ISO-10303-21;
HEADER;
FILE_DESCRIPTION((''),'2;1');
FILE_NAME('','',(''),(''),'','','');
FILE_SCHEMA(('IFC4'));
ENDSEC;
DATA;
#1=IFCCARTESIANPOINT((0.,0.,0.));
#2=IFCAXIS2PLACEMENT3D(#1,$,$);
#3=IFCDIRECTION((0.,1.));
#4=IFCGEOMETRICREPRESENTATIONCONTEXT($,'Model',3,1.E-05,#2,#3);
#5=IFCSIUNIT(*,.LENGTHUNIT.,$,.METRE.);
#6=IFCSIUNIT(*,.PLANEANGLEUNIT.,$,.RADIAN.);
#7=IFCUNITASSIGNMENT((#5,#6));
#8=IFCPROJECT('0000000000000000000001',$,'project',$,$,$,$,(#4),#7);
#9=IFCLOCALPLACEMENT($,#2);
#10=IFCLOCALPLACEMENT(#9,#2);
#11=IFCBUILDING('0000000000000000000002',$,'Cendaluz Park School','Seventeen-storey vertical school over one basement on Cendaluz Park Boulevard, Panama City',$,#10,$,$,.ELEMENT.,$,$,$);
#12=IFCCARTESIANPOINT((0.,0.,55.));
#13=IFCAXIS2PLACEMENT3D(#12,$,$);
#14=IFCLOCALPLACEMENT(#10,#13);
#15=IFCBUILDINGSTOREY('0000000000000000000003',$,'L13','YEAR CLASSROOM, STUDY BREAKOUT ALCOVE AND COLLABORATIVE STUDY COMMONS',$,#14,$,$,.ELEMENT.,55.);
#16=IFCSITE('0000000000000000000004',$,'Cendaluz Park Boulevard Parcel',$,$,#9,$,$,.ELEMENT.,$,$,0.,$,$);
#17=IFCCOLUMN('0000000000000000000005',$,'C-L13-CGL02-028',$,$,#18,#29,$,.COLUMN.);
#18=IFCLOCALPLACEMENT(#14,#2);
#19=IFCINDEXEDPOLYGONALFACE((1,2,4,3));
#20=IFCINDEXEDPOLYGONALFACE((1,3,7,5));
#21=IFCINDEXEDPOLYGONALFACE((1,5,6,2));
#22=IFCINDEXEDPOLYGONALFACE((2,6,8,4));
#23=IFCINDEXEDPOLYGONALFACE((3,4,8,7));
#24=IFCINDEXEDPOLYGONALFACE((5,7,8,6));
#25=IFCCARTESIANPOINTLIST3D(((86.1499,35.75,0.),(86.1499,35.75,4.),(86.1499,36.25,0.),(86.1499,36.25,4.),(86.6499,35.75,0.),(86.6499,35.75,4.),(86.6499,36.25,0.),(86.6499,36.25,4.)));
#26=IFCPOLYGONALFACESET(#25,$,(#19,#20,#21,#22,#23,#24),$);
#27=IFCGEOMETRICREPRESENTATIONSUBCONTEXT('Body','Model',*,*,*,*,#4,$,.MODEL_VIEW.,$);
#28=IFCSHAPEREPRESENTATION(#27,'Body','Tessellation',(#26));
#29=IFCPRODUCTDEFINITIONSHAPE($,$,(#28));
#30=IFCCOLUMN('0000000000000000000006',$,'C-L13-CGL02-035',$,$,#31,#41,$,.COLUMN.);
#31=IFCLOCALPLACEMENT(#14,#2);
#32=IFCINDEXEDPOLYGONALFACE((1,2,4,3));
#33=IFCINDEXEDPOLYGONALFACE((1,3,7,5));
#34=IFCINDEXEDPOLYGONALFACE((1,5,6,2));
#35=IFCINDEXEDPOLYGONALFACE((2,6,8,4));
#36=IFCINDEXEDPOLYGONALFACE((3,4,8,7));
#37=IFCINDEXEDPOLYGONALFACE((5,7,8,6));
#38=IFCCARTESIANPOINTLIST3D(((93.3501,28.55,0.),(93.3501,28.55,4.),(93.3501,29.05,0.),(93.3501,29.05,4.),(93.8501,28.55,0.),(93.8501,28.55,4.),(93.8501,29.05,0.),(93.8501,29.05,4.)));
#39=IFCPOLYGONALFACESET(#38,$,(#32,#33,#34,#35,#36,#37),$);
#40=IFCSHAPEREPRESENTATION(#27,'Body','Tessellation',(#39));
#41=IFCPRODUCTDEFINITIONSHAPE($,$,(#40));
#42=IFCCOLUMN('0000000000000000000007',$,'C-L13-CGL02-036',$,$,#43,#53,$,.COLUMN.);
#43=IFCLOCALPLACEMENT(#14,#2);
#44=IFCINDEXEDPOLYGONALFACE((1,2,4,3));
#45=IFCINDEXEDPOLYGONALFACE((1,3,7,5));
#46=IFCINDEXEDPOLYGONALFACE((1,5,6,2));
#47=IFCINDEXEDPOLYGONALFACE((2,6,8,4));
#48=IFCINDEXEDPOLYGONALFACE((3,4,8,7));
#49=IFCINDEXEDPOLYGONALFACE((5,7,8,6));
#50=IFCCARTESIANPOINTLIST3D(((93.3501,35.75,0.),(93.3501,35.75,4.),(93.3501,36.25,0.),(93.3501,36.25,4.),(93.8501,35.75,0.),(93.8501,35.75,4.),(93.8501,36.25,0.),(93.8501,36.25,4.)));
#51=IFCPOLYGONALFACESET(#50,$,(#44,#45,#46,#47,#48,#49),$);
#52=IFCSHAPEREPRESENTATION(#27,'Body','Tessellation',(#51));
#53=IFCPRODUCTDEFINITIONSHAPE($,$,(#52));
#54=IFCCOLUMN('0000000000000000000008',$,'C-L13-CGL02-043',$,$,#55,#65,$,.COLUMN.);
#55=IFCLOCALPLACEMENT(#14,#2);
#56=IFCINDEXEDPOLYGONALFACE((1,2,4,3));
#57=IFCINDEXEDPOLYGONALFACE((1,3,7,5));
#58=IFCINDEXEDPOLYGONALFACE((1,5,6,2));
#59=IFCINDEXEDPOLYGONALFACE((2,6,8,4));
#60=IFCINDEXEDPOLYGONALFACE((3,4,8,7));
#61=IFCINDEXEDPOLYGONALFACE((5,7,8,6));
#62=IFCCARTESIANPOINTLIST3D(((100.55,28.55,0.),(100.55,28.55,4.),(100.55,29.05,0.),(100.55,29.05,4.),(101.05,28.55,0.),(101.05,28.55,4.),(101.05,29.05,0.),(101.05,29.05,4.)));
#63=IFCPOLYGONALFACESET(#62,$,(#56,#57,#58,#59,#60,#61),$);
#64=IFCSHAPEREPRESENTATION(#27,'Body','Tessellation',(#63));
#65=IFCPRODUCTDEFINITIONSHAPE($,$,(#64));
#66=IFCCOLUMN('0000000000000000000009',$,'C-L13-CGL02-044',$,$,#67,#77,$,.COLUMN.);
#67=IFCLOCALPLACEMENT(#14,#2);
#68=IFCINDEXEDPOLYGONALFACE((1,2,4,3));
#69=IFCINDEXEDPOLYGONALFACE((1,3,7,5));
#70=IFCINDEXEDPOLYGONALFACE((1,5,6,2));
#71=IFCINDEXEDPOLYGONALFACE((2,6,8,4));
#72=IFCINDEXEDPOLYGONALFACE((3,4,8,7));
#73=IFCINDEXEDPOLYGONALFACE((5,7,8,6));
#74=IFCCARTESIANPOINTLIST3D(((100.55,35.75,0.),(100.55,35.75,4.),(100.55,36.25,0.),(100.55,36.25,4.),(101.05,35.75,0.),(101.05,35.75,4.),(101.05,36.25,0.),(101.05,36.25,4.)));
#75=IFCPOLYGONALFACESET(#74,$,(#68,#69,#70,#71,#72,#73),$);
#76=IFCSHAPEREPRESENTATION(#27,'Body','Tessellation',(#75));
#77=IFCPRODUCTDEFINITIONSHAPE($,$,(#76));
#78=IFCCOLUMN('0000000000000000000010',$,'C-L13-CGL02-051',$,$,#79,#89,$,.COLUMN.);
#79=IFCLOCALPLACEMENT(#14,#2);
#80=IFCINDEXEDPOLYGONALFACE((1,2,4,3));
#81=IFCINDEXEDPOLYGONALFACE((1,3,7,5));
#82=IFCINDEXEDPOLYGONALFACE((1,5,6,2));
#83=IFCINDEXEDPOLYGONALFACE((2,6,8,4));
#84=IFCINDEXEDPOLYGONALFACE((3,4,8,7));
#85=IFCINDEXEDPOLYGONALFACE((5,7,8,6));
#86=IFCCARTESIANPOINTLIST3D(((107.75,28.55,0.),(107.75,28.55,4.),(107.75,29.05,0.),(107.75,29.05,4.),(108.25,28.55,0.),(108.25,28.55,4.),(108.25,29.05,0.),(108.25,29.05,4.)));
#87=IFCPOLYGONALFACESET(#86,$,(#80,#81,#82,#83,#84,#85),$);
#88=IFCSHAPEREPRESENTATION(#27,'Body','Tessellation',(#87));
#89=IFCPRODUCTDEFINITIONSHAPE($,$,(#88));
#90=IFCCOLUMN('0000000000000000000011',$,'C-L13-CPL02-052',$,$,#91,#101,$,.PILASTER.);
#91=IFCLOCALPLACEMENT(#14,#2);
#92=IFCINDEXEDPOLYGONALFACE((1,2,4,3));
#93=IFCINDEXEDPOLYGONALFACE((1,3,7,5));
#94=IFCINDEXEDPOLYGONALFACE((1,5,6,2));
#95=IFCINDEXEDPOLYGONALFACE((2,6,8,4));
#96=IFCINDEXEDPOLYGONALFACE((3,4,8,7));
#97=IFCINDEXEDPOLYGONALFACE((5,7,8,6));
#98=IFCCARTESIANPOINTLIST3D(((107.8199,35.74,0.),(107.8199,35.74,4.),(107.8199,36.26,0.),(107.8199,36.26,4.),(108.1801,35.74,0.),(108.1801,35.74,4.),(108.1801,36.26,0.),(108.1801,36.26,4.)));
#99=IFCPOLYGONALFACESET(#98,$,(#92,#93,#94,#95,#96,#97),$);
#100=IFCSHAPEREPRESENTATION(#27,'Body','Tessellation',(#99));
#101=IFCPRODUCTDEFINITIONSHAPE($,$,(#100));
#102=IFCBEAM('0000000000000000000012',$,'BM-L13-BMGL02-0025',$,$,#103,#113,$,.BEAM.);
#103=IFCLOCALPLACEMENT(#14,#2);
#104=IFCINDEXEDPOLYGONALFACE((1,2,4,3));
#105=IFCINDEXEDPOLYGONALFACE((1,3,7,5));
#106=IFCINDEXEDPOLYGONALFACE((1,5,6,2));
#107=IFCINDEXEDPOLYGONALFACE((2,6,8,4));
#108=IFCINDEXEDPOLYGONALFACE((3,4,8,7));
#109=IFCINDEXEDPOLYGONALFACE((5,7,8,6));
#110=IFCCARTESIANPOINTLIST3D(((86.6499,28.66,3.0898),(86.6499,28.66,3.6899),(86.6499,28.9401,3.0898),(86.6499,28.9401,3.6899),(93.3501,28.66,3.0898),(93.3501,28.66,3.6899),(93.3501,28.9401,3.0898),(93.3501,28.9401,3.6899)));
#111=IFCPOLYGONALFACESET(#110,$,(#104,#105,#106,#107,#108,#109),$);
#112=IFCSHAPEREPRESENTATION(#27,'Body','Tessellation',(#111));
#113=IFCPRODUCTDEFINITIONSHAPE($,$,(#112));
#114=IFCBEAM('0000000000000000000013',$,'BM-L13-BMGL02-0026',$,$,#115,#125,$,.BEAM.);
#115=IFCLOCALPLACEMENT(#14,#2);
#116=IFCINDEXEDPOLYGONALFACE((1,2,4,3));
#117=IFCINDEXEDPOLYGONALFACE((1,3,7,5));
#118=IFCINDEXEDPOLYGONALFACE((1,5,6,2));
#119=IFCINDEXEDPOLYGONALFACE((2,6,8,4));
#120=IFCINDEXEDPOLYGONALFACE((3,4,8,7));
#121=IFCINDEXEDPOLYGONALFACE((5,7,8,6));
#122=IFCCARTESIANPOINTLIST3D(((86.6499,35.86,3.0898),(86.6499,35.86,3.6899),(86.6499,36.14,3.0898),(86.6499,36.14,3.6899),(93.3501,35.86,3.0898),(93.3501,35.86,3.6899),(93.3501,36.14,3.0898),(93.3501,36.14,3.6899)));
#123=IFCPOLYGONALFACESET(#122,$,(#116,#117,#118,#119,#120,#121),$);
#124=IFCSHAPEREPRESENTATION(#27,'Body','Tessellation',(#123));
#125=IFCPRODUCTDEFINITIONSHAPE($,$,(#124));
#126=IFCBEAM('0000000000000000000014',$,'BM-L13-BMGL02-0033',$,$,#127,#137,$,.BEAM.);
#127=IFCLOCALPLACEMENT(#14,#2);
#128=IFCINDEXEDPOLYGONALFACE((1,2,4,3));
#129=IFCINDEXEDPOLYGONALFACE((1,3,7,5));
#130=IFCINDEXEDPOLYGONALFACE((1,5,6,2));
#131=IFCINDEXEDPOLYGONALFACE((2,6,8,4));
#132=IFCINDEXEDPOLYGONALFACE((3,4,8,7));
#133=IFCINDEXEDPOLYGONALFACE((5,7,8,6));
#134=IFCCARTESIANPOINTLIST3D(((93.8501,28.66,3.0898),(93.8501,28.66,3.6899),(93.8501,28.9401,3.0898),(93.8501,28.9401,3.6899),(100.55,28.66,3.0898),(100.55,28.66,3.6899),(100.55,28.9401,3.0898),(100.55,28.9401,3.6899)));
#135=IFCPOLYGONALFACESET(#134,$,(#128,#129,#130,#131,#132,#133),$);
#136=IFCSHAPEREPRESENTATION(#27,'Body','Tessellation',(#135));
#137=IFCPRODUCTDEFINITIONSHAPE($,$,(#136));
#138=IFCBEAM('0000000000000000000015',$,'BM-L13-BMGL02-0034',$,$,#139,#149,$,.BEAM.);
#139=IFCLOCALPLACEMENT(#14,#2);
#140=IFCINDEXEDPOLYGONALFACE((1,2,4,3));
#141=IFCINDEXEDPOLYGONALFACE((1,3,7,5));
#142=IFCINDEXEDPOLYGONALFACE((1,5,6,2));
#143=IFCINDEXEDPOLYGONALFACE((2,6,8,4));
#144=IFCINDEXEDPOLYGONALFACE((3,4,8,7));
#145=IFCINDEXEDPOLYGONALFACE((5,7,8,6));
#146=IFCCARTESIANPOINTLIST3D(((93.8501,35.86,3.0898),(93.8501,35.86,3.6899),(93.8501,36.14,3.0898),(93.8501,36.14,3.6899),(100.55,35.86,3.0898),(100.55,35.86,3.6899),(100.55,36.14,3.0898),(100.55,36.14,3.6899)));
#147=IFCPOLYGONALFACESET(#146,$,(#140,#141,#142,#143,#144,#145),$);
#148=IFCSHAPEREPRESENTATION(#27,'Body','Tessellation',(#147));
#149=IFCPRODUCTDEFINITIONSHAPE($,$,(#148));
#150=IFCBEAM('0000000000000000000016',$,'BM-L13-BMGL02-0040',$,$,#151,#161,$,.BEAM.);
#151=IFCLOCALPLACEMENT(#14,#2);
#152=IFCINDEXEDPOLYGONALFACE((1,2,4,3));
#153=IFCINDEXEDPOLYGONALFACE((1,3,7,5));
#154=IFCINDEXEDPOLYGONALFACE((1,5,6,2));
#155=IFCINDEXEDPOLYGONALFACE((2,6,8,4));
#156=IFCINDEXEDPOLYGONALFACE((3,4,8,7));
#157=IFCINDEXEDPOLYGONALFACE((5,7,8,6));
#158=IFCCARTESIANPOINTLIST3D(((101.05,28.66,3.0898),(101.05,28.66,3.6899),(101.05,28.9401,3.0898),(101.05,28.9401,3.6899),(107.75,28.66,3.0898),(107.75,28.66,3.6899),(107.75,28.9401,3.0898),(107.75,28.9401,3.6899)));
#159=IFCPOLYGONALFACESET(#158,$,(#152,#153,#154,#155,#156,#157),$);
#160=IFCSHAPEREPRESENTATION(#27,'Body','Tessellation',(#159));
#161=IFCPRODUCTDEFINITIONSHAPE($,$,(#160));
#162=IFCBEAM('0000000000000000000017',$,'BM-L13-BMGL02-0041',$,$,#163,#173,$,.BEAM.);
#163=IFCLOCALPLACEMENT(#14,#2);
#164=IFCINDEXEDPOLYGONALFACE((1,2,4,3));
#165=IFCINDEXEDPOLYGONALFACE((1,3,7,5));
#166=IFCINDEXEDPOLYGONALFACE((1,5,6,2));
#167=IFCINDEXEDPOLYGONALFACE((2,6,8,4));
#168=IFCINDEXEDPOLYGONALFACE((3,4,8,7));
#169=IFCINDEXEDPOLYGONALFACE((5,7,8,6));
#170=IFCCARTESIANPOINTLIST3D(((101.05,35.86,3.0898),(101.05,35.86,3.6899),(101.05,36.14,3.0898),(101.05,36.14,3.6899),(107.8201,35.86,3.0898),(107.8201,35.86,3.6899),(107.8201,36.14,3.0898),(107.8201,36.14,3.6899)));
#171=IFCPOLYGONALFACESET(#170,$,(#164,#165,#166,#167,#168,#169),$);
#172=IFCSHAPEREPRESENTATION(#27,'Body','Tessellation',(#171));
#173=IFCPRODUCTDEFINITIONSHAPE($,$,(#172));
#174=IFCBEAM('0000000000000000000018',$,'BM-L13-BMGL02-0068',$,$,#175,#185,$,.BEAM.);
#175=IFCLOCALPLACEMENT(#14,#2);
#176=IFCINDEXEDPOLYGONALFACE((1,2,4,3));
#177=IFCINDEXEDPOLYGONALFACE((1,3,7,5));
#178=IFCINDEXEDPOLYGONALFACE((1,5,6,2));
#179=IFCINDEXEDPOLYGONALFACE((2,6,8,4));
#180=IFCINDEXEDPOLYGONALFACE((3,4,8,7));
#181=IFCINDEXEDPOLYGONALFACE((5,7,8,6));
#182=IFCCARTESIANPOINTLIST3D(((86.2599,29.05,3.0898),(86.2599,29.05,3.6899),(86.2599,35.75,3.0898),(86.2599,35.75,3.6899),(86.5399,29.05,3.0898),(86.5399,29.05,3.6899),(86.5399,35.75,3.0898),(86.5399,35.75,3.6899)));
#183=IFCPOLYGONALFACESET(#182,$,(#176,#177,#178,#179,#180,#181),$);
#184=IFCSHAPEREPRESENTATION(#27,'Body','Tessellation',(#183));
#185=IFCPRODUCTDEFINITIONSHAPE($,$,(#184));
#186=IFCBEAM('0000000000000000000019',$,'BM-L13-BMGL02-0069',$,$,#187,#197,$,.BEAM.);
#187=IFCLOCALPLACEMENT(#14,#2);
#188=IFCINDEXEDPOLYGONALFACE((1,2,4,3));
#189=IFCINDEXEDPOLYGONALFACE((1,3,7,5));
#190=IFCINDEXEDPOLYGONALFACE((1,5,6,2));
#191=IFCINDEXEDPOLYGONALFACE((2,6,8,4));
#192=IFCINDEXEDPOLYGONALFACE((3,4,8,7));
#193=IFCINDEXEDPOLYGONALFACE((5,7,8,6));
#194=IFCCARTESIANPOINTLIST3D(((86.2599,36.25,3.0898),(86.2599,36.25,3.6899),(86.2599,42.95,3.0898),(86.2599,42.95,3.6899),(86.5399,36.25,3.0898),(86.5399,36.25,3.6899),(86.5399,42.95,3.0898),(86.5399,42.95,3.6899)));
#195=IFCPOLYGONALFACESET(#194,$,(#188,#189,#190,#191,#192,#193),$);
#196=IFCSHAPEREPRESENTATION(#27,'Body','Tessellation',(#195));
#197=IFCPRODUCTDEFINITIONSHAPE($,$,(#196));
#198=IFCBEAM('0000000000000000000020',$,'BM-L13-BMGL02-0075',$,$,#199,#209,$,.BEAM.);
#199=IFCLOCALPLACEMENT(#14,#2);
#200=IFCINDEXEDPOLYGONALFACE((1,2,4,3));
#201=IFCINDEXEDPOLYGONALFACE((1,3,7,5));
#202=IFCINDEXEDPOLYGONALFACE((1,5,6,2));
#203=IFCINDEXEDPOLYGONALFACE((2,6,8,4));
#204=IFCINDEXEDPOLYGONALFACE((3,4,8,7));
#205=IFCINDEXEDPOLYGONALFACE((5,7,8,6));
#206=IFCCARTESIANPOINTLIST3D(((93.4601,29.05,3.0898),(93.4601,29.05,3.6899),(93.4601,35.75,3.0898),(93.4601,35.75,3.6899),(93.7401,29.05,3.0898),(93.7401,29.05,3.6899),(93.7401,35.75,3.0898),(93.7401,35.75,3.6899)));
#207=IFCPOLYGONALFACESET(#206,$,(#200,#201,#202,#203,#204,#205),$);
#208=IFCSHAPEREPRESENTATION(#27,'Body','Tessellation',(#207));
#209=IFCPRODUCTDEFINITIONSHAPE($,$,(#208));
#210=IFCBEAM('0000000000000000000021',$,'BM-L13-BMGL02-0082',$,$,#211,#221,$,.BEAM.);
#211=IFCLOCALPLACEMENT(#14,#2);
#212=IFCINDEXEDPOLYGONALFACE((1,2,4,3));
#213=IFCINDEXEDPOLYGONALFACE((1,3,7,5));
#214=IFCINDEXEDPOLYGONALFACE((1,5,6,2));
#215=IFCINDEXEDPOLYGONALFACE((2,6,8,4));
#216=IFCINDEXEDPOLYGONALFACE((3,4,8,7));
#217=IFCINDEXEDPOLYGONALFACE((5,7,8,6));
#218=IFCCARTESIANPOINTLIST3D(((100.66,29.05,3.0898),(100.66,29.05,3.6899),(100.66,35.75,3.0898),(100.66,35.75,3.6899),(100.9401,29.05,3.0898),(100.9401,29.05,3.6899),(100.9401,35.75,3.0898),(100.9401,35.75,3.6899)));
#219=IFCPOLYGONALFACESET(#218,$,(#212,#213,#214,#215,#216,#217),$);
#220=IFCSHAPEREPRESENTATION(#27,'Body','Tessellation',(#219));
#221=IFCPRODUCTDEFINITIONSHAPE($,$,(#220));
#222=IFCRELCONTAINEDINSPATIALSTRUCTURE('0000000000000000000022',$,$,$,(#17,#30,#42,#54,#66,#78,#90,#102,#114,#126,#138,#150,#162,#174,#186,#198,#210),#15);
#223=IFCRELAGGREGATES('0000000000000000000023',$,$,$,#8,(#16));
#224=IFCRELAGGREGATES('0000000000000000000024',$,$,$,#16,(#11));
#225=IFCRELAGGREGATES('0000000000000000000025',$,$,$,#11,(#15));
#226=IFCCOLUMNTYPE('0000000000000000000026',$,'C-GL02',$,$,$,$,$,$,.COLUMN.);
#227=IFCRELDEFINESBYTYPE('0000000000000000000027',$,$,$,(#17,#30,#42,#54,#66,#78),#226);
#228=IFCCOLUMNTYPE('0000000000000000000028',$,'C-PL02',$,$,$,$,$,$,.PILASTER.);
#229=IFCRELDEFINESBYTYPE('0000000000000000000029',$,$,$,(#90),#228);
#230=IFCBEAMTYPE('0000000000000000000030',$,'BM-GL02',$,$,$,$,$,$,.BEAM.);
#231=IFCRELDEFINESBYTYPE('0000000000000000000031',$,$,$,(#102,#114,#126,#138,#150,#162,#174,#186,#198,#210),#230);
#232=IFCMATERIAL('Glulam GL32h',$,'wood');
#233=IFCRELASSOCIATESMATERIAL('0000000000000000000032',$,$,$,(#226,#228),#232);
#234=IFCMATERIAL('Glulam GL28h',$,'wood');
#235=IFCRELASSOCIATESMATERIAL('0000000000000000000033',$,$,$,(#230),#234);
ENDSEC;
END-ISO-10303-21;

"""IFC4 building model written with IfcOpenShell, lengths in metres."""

from ifc_helpers import new_model, si_unit, direction, frame, origin, origin_2d, place, context, subcontext, project, spatial, rectangle, extrude, material, material_profile, profile_set, type_object, element, save


model = new_model("IFC4")

# Units and contexts
model_context = context("Model", 3, precision=1e-05, world=origin(), true_north=direction((0.0, 1.0)))
body_context = subcontext(model_context, "Body", "Model", "MODEL_VIEW")
ifc_project = project(units=[si_unit("LENGTHUNIT", "METRE"), si_unit("PLANEANGLEUNIT", "RADIAN")], contexts=[model_context])

# Site, building, storey
site_placement = place(None, origin())
site = spatial("IfcSite", under=ifc_project, at=site_placement, Name="Cendaluz Park Boulevard Parcel", CompositionType="ELEMENT", RefElevation=0.0)
building_placement = place(site_placement, origin())
building = spatial("IfcBuilding", under=site, at=building_placement, Name="Cendaluz Park School", Description="Seventeen-storey vertical school over one basement on Cendaluz Park Boulevard, Panama City", CompositionType="ELEMENT")
storey_placement = place(building_placement, frame((0.0, 0.0, 55.0)))
storey = spatial("IfcBuildingStorey", under=building, at=storey_placement, Name="L13", Description="YEAR CLASSROOM, STUDY BREAKOUT ALCOVE AND COLLABORATIVE STUDY COMMONS", CompositionType="ELEMENT", Elevation=55.0)

# Columns
ifc_material_1 = material(Name="Glulam GL32h", Category="wood")
ifc_material_profile_1 = material_profile(ifc_material_1, rectangle(XDim=0.5, YDim=0.5, at=origin_2d()), Name="GL32h 500x500", Category="wood")
ifc_profile_set_1 = profile_set([ifc_material_profile_1], Name="Glulam GL32h")
column_type_1 = type_object("IfcColumnType", Name="C-GL02", PredefinedType="COLUMN", material=ifc_profile_set_1)
for number, where, z_axis, x_axis, name in (
    (1, (86.3999, 36.0, 0.0), (0.0, 0.0, 1.0), (1.0, 0.0, 0.0), "C-L13-CGL02-028"),
    (2, (93.6001, 28.8, 0.0), (0.0, 0.0, 1.0), (1.0, 0.0, 0.0), "C-L13-CGL02-035"),
    (3, (93.6001, 36.0, 0.0), (0.0, 0.0, 1.0), (1.0, 0.0, 0.0), "C-L13-CGL02-036"),
    (4, (100.8, 28.8, 0.0), (0.0, 0.0, 1.0), (1.0, 0.0, 0.0), "C-L13-CGL02-043"),
    (5, (100.8, 36.0, 0.0), (0.0, 0.0, 1.0), (1.0, 0.0, 0.0), "C-L13-CGL02-044"),
    (6, (108.0, 28.8, 0.0), (0.0, 0.0, 1.0), (1.0, 0.0, 0.0), "C-L13-CGL02-051"),
):
    element("IfcColumn", number, at=place(storey_placement, frame(where, z_axis=z_axis, x_axis=x_axis)), inside=storey, type_object=column_type_1, Name=name, PredefinedType="COLUMN", context=body_context, shape_type="SweptSolid", body=[
        extrude(rectangle(XDim=0.5, YDim=0.5, at=origin_2d()), origin(), (0.0, 0.0, 1.0), 4.0),
    ])
ifc_material_profile_2 = material_profile(ifc_material_1, rectangle(XDim=0.3601, YDim=0.52, at=origin_2d()), Name="GL32h 360x520", Category="wood")
ifc_profile_set_2 = profile_set([ifc_material_profile_2], Name="Glulam GL32h")
column_type_2 = type_object("IfcColumnType", Name="C-PL02", PredefinedType="PILASTER", material=ifc_profile_set_2)
column_placement = place(storey_placement, frame((108.0, 36.0, 0.0), z_axis=(0.0, 0.0, 1.0), x_axis=(1.0, 0.0, 0.0)))
element("IfcColumn", 7, at=column_placement, inside=storey, type_object=column_type_2, Name="C-L13-CPL02-052", PredefinedType="PILASTER", context=body_context, shape_type="SweptSolid", body=[
    extrude(rectangle(XDim=0.3601, YDim=0.52, at=origin_2d()), origin(), (0.0, 0.0, 1.0), 4.0),
])

# Beams
ifc_material_2 = material(Name="Glulam GL28h", Category="wood")
ifc_material_profile_3 = material_profile(ifc_material_2, rectangle(XDim=0.28, YDim=0.6001, at=origin_2d()), Name="GL28h 280x600", Category="wood")
ifc_profile_set_3 = profile_set([ifc_material_profile_3], Name="Glulam GL28h")
beam_type_1 = type_object("IfcBeamType", Name="BM-GL02", PredefinedType="BEAM", material=ifc_profile_set_3)
for number, where, z_axis, x_axis, name in (
    (8, (86.6499, 28.8, 3.3899), (1.0, 0.0, 0.0), (0.0, 1.0, 0.0), "BM-L13-BMGL02-0025"),
    (9, (86.6499, 36.0, 3.3899), (1.0, 0.0, 0.0), (0.0, 1.0, 0.0), "BM-L13-BMGL02-0026"),
):
    element("IfcBeam", number, at=place(storey_placement, frame(where, z_axis=z_axis, x_axis=x_axis)), inside=storey, type_object=beam_type_1, Name=name, PredefinedType="BEAM", context=body_context, shape_type="SweptSolid", body=[
        extrude(rectangle(XDim=0.28, YDim=0.6001, at=origin_2d()), origin(), (0.0, 0.0, 1.0), 6.7002),
    ])
for number, where, z_axis, x_axis, name in (
    (10, (93.8501, 28.8, 3.3899), (1.0, 0.0, 0.0), (0.0, 1.0, 0.0), "BM-L13-BMGL02-0033"),
    (11, (93.8501, 36.0, 3.3899), (1.0, 0.0, 0.0), (0.0, 1.0, 0.0), "BM-L13-BMGL02-0034"),
    (12, (101.05, 28.8, 3.3899), (1.0, 0.0, 0.0), (0.0, 1.0, 0.0), "BM-L13-BMGL02-0040"),
):
    element("IfcBeam", number, at=place(storey_placement, frame(where, z_axis=z_axis, x_axis=x_axis)), inside=storey, type_object=beam_type_1, Name=name, PredefinedType="BEAM", context=body_context, shape_type="SweptSolid", body=[
        extrude(rectangle(XDim=0.28, YDim=0.6001, at=origin_2d()), origin(), (0.0, 0.0, 1.0), 6.7),
    ])
beam_1_placement = place(storey_placement, frame((101.05, 36.0, 3.3899), z_axis=(1.0, 0.0, 0.0), x_axis=(0.0, 1.0, 0.0)))
element("IfcBeam", 13, at=beam_1_placement, inside=storey, type_object=beam_type_1, Name="BM-L13-BMGL02-0041", PredefinedType="BEAM", context=body_context, shape_type="SweptSolid", body=[
    extrude(rectangle(XDim=0.28, YDim=0.6001, at=origin_2d()), origin(), (0.0, 0.0, 1.0), 6.77),
])
for number, where, z_axis, x_axis, name in (
    (14, (86.3999, 29.05, 3.3899), (0.0, 1.0, 0.0), (-1.0, 0.0, 0.0), "BM-L13-BMGL02-0068"),
    (15, (86.3999, 36.25, 3.3899), (0.0, 1.0, 0.0), (-1.0, 0.0, 0.0), "BM-L13-BMGL02-0069"),
    (16, (93.6001, 29.05, 3.3899), (0.0, 1.0, 0.0), (-1.0, 0.0, 0.0), "BM-L13-BMGL02-0075"),
    (17, (100.8, 29.05, 3.3899), (0.0, 1.0, 0.0), (-1.0, 0.0, 0.0), "BM-L13-BMGL02-0082"),
):
    element("IfcBeam", number, at=place(storey_placement, frame(where, z_axis=z_axis, x_axis=x_axis)), inside=storey, type_object=beam_type_1, Name=name, PredefinedType="BEAM", context=body_context, shape_type="SweptSolid", body=[
        extrude(rectangle(XDim=0.28, YDim=0.6001, at=origin_2d()), origin(), (0.0, 0.0, 1.0), 6.7),
    ])

save(model, "model.ifc")
